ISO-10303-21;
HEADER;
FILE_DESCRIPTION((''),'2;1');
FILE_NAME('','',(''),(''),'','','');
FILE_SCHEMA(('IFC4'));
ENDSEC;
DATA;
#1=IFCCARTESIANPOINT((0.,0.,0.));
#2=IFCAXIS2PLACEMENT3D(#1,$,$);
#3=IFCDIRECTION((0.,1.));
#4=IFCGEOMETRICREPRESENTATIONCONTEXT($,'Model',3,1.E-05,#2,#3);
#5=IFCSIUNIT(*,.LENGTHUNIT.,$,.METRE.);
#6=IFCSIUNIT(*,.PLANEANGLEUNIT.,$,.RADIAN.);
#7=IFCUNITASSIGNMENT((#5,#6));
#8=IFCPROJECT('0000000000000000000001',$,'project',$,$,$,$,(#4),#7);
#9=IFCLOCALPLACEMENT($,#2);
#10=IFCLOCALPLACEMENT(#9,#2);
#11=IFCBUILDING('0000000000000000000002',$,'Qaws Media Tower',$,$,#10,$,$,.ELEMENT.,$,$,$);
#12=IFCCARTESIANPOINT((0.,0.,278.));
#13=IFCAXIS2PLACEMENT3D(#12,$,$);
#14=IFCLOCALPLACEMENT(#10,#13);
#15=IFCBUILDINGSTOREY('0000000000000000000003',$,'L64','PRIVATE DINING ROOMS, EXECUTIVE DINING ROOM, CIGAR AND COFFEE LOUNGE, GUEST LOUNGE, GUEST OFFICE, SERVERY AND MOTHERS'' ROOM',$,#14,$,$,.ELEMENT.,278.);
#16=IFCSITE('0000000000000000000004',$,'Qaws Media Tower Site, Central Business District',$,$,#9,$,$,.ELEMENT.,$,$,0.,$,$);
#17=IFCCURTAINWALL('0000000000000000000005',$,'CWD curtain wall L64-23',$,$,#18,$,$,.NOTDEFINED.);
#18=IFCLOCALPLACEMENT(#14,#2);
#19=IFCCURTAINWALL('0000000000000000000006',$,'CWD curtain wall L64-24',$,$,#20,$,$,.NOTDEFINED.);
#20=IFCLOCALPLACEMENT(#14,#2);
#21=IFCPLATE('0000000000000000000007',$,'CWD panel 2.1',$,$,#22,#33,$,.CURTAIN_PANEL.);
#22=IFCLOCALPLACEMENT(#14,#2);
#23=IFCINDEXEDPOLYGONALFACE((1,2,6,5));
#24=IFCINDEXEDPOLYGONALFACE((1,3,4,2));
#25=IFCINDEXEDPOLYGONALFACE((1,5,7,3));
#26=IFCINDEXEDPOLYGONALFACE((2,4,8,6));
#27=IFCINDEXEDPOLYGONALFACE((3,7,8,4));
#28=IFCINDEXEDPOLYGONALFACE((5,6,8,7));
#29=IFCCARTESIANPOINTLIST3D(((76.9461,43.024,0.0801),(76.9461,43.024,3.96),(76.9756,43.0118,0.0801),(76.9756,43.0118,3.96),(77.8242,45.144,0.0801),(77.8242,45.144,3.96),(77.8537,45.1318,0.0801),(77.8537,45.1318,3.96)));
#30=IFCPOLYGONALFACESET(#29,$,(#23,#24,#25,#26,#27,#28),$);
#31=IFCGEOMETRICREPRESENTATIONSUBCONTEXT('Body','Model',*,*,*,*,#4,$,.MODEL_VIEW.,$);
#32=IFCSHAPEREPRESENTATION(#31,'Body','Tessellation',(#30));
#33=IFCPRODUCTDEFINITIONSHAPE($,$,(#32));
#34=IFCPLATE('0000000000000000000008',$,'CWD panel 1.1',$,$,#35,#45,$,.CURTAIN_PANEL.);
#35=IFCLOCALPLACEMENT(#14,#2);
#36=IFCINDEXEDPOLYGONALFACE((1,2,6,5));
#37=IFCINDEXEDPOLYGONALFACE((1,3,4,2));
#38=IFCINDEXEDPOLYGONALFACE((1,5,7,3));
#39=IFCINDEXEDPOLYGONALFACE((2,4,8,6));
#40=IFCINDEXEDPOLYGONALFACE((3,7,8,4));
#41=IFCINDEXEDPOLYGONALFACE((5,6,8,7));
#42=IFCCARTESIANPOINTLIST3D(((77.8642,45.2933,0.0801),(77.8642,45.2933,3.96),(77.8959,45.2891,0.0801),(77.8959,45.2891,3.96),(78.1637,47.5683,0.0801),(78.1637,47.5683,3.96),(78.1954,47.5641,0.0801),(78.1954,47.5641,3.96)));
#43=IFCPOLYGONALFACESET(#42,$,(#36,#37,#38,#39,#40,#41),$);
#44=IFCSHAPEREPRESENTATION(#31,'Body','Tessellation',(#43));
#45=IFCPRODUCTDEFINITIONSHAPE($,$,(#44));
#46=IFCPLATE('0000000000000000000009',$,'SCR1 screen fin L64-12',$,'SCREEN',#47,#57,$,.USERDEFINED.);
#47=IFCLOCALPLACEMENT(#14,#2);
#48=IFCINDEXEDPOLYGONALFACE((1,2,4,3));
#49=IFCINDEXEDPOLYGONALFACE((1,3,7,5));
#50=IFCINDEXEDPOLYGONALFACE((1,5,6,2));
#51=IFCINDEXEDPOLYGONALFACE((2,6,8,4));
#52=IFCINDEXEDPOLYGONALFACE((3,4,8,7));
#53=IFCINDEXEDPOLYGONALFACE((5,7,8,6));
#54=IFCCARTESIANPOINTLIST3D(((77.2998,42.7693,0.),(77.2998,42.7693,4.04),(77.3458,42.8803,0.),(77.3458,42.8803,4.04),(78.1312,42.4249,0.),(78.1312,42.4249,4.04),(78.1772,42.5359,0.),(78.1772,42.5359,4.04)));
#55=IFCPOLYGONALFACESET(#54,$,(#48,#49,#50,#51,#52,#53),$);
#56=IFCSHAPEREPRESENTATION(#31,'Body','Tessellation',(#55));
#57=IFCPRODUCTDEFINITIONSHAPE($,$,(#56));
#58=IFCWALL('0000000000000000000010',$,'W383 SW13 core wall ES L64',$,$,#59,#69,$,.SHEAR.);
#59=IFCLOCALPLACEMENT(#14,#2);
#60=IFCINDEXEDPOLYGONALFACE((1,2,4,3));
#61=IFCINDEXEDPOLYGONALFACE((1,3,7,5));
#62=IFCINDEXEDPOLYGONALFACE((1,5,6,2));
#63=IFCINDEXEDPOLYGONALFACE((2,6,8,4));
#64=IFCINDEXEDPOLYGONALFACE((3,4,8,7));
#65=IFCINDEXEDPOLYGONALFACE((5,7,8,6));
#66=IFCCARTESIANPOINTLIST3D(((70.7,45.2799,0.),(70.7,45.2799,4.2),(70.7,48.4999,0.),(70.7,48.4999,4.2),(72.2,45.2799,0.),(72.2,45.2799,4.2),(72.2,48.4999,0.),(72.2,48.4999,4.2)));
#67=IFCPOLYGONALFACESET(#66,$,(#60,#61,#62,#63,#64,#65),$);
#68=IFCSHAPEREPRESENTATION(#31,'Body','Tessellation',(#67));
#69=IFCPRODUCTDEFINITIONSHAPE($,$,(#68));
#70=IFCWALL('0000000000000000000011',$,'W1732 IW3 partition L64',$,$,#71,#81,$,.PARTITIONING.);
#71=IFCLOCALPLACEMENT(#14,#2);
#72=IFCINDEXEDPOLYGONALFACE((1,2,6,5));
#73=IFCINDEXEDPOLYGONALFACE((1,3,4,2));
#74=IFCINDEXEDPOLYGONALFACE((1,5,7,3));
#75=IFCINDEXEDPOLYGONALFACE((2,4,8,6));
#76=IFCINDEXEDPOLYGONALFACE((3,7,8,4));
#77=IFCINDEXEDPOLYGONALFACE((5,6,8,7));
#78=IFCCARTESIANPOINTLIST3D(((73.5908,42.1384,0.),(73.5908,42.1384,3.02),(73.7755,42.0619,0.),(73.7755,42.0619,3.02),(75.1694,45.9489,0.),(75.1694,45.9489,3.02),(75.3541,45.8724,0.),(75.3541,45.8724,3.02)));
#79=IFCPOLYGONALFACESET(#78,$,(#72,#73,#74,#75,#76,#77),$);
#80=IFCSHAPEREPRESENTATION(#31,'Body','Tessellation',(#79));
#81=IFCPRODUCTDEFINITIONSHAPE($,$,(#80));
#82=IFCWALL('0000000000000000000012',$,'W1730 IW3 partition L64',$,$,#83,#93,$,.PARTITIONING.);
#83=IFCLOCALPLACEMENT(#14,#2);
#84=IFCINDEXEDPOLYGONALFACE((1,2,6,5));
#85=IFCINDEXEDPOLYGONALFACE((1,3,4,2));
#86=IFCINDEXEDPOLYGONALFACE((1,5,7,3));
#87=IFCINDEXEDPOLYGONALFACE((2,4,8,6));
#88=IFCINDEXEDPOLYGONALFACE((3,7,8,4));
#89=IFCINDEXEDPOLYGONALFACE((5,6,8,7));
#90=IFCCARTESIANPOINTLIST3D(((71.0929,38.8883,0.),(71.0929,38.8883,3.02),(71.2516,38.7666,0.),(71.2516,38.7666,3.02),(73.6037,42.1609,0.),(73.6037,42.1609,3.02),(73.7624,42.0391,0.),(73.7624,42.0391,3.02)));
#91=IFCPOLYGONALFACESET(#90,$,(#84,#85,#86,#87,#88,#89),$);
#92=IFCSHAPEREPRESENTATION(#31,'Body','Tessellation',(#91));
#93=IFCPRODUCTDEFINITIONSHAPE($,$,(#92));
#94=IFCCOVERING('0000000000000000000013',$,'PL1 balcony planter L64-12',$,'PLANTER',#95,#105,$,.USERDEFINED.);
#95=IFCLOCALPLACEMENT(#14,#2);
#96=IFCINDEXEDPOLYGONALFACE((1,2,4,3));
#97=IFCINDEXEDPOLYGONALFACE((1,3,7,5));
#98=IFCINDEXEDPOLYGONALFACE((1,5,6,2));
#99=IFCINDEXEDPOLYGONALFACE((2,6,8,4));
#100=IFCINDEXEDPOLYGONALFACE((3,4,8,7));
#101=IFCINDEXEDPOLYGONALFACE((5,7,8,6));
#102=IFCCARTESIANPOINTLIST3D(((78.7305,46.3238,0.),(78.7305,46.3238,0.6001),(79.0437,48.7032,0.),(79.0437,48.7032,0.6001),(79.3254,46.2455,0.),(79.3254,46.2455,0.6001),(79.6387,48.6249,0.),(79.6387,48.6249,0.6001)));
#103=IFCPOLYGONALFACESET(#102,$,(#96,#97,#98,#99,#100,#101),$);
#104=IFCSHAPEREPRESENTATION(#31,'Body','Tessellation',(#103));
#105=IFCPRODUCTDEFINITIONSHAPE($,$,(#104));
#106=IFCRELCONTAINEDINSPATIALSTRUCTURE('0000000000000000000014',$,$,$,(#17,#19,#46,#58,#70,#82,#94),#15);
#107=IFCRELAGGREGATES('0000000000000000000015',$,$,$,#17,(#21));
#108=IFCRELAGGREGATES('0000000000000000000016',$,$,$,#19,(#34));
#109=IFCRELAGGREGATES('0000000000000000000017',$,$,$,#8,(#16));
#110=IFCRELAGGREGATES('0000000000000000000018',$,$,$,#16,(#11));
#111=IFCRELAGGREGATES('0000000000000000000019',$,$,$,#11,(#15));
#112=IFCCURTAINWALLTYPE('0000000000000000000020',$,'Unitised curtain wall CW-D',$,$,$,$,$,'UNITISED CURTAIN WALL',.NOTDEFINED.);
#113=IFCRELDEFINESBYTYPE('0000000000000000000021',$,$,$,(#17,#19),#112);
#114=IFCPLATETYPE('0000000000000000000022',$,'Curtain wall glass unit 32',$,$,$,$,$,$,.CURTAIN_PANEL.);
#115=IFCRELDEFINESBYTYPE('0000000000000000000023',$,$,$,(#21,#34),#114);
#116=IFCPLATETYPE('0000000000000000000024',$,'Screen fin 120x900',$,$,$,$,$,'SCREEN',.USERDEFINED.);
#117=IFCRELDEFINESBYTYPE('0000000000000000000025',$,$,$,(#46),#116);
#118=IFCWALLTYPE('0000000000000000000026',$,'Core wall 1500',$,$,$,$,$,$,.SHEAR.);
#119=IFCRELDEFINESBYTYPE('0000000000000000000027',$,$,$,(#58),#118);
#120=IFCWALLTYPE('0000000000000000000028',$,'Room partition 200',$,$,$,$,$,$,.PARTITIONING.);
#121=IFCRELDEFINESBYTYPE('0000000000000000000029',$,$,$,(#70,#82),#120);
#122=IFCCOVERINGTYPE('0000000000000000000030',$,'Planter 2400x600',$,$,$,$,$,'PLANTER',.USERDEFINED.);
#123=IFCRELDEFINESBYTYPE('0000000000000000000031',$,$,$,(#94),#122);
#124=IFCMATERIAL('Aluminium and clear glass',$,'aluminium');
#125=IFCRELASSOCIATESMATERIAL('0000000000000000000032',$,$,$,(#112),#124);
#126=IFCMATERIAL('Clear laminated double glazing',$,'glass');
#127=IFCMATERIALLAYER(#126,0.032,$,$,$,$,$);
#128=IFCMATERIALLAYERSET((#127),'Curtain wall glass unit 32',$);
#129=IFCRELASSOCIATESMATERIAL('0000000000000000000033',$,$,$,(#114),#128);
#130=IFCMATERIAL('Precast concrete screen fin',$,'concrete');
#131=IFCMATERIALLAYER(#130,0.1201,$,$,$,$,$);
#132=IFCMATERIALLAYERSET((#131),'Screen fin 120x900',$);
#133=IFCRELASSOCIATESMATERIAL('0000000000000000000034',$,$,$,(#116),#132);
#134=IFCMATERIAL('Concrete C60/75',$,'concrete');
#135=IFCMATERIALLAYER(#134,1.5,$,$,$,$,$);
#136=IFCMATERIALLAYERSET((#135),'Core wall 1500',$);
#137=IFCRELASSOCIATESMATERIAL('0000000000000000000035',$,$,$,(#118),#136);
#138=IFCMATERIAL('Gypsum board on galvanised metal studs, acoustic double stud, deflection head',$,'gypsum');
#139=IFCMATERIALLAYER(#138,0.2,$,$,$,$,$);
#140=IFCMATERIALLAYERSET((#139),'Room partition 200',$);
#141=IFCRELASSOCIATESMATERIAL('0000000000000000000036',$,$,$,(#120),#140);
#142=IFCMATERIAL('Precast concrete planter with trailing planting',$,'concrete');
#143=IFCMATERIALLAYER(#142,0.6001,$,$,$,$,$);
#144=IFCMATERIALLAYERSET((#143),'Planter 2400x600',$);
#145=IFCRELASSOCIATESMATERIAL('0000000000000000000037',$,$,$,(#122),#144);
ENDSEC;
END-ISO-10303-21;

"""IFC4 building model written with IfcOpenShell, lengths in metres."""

from ifc_helpers import new_model, si_unit, direction, frame, frame_2d, origin, origin_2d, place, context, subcontext, project, spatial, rectangle, extrude, material, layer, layer_set, type_object, element, aggregate, save


model = new_model("IFC4")

# Units and contexts
model_context = context("Model", 3, precision=1e-05, world=origin(), true_north=direction((0.0, 1.0)))
body_context = subcontext(model_context, "Body", "Model", "MODEL_VIEW")
ifc_project = project(units=[si_unit("LENGTHUNIT", "METRE"), si_unit("PLANEANGLEUNIT", "RADIAN")], contexts=[model_context])

# Site, building, storey
site_placement = place(None, origin())
site = spatial("IfcSite", under=ifc_project, at=site_placement, Name="Qaws Media Tower Site, Central Business District", CompositionType="ELEMENT", RefElevation=0.0)
building_placement = place(site_placement, origin())
building = spatial("IfcBuilding", under=site, at=building_placement, Name="Qaws Media Tower", CompositionType="ELEMENT")
storey_placement = place(building_placement, frame((0.0, 0.0, 278.0)))
storey = spatial("IfcBuildingStorey", under=building, at=storey_placement, Name="L64", Description="PRIVATE DINING ROOMS, EXECUTIVE DINING ROOM, CIGAR AND COFFEE LOUNGE, GUEST LOUNGE, GUEST OFFICE, SERVERY AND MOTHERS' ROOM", CompositionType="ELEMENT", Elevation=278.0)

# Shared definitions
ifc_material_1 = material(Name="Aluminium and clear glass", Category="aluminium")
curtain_wall_type = type_object("IfcCurtainWallType", Name="Unitised curtain wall CW-D", ElementType="UNITISED CURTAIN WALL", PredefinedType="NOTDEFINED", material=ifc_material_1)

# Curtain walls
curtain_wall_1_placement = place(storey_placement, origin())
curtain_wall_1 = element("IfcCurtainWall", 1, at=curtain_wall_1_placement, inside=storey, type_object=curtain_wall_type, Name="CWD curtain wall L64-23", PredefinedType="NOTDEFINED")
curtain_wall_2_placement = place(storey_placement, origin())
curtain_wall_2 = element("IfcCurtainWall", 2, at=curtain_wall_2_placement, inside=storey, type_object=curtain_wall_type, Name="CWD curtain wall L64-24", PredefinedType="NOTDEFINED")

# Plates
ifc_material_2 = material(Name="Clear laminated double glazing", Category="glass")
ifc_layer_1 = layer(ifc_material_2, 0.032)
ifc_layer_set_1 = layer_set([ifc_layer_1], Name="Curtain wall glass unit 32")
plate_type_1 = type_object("IfcPlateType", Name="Curtain wall glass unit 32", PredefinedType="CURTAIN_PANEL", material=ifc_layer_set_1)
plate_1_placement = place(storey_placement, frame((77.3999, 44.0779, 0.0801), z_axis=(0.0, 0.0, 1.0), x_axis=(0.382683, 0.92388, 0.0)))
plate_1 = element("IfcPlate", 3, at=plate_1_placement, type_object=plate_type_1, Name="CWD panel 2.1", PredefinedType="CURTAIN_PANEL", context=body_context, shape_type="SweptSolid", body=[
    extrude(rectangle(XDim=2.2947, YDim=0.032, at=origin_2d()), origin(), (0.0, 0.0, 1.0), 3.8799),
])
aggregate(curtain_wall_1, [plate_1])
plate_2_placement = place(storey_placement, frame((78.0298, 46.4287, 0.0801), z_axis=(0.0, 0.0, 1.0), x_axis=(0.130526, 0.991445, 0.0)))
plate_2 = element("IfcPlate", 4, at=plate_2_placement, type_object=plate_type_1, Name="CWD panel 1.1", PredefinedType="CURTAIN_PANEL", context=body_context, shape_type="SweptSolid", body=[
    extrude(rectangle(XDim=2.2947, YDim=0.032, at=origin_2d()), origin(), (0.0, 0.0, 1.0), 3.8799),
])
aggregate(curtain_wall_2, [plate_2])
ifc_material_3 = material(Name="Precast concrete screen fin", Category="concrete")
ifc_layer_2 = layer(ifc_material_3, 0.1201)
ifc_layer_set_2 = layer_set([ifc_layer_2], Name="Screen fin 120x900")
plate_type_2 = type_object("IfcPlateType", Name="Screen fin 120x900", ElementType="SCREEN", PredefinedType="USERDEFINED", material=ifc_layer_set_2)
plate_3_placement = place(storey_placement, frame((77.7385, 42.6526, 0.0), z_axis=(0.0, 0.0, 1.0), x_axis=(0.92388, -0.382683, 0.0)))
element("IfcPlate", 5, at=plate_3_placement, inside=storey, type_object=plate_type_2, Name="SCR1 screen fin L64-12", ObjectType="SCREEN", PredefinedType="USERDEFINED", context=body_context, shape_type="SweptSolid", body=[
    extrude(rectangle(XDim=0.8999, YDim=0.1201, at=origin_2d()), origin(), (0.0, 0.0, 1.0), 4.04),
])

# Walls
ifc_material_4 = material(Name="Concrete C60/75", Category="concrete")
ifc_layer_3 = layer(ifc_material_4, 1.5)
ifc_layer_set_3 = layer_set([ifc_layer_3], Name="Core wall 1500")
wall_type_1 = type_object("IfcWallType", Name="Core wall 1500", PredefinedType="SHEAR", material=ifc_layer_set_3)
wall_1_placement = place(storey_placement, frame((71.45, 45.28, 0.0), z_axis=(0.0, 0.0, 1.0), x_axis=(0.0, 1.0, 0.0)))
element("IfcWall", 6, at=wall_1_placement, inside=storey, type_object=wall_type_1, Name="W383 SW13 core wall ES L64", PredefinedType="SHEAR", context=body_context, shape_type="SweptSolid", body=[
    extrude(rectangle(XDim=3.22, YDim=1.5, at=frame_2d((1.6099, 0.0))), origin(), (0.0, 0.0, 1.0), 4.2),
])
ifc_material_5 = material(Name="Gypsum board on galvanised metal studs, acoustic double stud, deflection head", Category="gypsum")
ifc_layer_4 = layer(ifc_material_5, 0.2)
ifc_layer_set_4 = layer_set([ifc_layer_4], Name="Room partition 200")
wall_type_2 = type_object("IfcWallType", Name="Room partition 200", PredefinedType="PARTITIONING", material=ifc_layer_set_4)
wall_2_placement = place(storey_placement, frame((75.2617, 45.9106, 0.0), z_axis=(0.0, 0.0, 1.0), x_axis=(-0.382732, -0.92386, 0.0)))
element("IfcWall", 7, at=wall_2_placement, inside=storey, type_object=wall_type_2, Name="W1732 IW3 partition L64", PredefinedType="PARTITIONING", context=body_context, shape_type="SweptSolid", body=[
    extrude(rectangle(XDim=4.1245, YDim=0.2, at=frame_2d((2.0623, 0.0))), origin(), (0.0, 0.0, 1.0), 3.02),
])
wall_3_placement = place(storey_placement, frame((73.6831, 42.1001, 0.0), z_axis=(0.0, 0.0, 1.0), x_axis=(-0.608715, -0.793389, 0.0)))
element("IfcWall", 8, at=wall_3_placement, inside=storey, type_object=wall_type_2, Name="W1730 IW3 partition L64", PredefinedType="PARTITIONING", context=body_context, shape_type="SweptSolid", body=[
    extrude(rectangle(XDim=4.1248, YDim=0.2, at=frame_2d((2.0625, 0.0))), origin(), (0.0, 0.0, 1.0), 3.02),
])

# Covering
ifc_material_6 = material(Name="Precast concrete planter with trailing planting", Category="concrete")
ifc_layer_5 = layer(ifc_material_6, 0.6001)
ifc_layer_set_5 = layer_set([ifc_layer_5], Name="Planter 2400x600")
covering_type = type_object("IfcCoveringType", Name="Planter 2400x600", ElementType="PLANTER", PredefinedType="USERDEFINED", material=ifc_layer_set_5)
covering_placement = place(storey_placement, frame((79.1846, 47.4744, 0.0), z_axis=(0.0, 0.0, 1.0), x_axis=(0.130526, 0.991445, 0.0)))
element("IfcCovering", 9, at=covering_placement, inside=storey, type_object=covering_type, Name="PL1 balcony planter L64-12", ObjectType="PLANTER", PredefinedType="USERDEFINED", context=body_context, shape_type="SweptSolid", body=[
    extrude(rectangle(XDim=2.3999, YDim=0.6001, at=origin_2d()), origin(), (0.0, 0.0, 1.0), 0.6001),
])

save(model, "model.ifc")
